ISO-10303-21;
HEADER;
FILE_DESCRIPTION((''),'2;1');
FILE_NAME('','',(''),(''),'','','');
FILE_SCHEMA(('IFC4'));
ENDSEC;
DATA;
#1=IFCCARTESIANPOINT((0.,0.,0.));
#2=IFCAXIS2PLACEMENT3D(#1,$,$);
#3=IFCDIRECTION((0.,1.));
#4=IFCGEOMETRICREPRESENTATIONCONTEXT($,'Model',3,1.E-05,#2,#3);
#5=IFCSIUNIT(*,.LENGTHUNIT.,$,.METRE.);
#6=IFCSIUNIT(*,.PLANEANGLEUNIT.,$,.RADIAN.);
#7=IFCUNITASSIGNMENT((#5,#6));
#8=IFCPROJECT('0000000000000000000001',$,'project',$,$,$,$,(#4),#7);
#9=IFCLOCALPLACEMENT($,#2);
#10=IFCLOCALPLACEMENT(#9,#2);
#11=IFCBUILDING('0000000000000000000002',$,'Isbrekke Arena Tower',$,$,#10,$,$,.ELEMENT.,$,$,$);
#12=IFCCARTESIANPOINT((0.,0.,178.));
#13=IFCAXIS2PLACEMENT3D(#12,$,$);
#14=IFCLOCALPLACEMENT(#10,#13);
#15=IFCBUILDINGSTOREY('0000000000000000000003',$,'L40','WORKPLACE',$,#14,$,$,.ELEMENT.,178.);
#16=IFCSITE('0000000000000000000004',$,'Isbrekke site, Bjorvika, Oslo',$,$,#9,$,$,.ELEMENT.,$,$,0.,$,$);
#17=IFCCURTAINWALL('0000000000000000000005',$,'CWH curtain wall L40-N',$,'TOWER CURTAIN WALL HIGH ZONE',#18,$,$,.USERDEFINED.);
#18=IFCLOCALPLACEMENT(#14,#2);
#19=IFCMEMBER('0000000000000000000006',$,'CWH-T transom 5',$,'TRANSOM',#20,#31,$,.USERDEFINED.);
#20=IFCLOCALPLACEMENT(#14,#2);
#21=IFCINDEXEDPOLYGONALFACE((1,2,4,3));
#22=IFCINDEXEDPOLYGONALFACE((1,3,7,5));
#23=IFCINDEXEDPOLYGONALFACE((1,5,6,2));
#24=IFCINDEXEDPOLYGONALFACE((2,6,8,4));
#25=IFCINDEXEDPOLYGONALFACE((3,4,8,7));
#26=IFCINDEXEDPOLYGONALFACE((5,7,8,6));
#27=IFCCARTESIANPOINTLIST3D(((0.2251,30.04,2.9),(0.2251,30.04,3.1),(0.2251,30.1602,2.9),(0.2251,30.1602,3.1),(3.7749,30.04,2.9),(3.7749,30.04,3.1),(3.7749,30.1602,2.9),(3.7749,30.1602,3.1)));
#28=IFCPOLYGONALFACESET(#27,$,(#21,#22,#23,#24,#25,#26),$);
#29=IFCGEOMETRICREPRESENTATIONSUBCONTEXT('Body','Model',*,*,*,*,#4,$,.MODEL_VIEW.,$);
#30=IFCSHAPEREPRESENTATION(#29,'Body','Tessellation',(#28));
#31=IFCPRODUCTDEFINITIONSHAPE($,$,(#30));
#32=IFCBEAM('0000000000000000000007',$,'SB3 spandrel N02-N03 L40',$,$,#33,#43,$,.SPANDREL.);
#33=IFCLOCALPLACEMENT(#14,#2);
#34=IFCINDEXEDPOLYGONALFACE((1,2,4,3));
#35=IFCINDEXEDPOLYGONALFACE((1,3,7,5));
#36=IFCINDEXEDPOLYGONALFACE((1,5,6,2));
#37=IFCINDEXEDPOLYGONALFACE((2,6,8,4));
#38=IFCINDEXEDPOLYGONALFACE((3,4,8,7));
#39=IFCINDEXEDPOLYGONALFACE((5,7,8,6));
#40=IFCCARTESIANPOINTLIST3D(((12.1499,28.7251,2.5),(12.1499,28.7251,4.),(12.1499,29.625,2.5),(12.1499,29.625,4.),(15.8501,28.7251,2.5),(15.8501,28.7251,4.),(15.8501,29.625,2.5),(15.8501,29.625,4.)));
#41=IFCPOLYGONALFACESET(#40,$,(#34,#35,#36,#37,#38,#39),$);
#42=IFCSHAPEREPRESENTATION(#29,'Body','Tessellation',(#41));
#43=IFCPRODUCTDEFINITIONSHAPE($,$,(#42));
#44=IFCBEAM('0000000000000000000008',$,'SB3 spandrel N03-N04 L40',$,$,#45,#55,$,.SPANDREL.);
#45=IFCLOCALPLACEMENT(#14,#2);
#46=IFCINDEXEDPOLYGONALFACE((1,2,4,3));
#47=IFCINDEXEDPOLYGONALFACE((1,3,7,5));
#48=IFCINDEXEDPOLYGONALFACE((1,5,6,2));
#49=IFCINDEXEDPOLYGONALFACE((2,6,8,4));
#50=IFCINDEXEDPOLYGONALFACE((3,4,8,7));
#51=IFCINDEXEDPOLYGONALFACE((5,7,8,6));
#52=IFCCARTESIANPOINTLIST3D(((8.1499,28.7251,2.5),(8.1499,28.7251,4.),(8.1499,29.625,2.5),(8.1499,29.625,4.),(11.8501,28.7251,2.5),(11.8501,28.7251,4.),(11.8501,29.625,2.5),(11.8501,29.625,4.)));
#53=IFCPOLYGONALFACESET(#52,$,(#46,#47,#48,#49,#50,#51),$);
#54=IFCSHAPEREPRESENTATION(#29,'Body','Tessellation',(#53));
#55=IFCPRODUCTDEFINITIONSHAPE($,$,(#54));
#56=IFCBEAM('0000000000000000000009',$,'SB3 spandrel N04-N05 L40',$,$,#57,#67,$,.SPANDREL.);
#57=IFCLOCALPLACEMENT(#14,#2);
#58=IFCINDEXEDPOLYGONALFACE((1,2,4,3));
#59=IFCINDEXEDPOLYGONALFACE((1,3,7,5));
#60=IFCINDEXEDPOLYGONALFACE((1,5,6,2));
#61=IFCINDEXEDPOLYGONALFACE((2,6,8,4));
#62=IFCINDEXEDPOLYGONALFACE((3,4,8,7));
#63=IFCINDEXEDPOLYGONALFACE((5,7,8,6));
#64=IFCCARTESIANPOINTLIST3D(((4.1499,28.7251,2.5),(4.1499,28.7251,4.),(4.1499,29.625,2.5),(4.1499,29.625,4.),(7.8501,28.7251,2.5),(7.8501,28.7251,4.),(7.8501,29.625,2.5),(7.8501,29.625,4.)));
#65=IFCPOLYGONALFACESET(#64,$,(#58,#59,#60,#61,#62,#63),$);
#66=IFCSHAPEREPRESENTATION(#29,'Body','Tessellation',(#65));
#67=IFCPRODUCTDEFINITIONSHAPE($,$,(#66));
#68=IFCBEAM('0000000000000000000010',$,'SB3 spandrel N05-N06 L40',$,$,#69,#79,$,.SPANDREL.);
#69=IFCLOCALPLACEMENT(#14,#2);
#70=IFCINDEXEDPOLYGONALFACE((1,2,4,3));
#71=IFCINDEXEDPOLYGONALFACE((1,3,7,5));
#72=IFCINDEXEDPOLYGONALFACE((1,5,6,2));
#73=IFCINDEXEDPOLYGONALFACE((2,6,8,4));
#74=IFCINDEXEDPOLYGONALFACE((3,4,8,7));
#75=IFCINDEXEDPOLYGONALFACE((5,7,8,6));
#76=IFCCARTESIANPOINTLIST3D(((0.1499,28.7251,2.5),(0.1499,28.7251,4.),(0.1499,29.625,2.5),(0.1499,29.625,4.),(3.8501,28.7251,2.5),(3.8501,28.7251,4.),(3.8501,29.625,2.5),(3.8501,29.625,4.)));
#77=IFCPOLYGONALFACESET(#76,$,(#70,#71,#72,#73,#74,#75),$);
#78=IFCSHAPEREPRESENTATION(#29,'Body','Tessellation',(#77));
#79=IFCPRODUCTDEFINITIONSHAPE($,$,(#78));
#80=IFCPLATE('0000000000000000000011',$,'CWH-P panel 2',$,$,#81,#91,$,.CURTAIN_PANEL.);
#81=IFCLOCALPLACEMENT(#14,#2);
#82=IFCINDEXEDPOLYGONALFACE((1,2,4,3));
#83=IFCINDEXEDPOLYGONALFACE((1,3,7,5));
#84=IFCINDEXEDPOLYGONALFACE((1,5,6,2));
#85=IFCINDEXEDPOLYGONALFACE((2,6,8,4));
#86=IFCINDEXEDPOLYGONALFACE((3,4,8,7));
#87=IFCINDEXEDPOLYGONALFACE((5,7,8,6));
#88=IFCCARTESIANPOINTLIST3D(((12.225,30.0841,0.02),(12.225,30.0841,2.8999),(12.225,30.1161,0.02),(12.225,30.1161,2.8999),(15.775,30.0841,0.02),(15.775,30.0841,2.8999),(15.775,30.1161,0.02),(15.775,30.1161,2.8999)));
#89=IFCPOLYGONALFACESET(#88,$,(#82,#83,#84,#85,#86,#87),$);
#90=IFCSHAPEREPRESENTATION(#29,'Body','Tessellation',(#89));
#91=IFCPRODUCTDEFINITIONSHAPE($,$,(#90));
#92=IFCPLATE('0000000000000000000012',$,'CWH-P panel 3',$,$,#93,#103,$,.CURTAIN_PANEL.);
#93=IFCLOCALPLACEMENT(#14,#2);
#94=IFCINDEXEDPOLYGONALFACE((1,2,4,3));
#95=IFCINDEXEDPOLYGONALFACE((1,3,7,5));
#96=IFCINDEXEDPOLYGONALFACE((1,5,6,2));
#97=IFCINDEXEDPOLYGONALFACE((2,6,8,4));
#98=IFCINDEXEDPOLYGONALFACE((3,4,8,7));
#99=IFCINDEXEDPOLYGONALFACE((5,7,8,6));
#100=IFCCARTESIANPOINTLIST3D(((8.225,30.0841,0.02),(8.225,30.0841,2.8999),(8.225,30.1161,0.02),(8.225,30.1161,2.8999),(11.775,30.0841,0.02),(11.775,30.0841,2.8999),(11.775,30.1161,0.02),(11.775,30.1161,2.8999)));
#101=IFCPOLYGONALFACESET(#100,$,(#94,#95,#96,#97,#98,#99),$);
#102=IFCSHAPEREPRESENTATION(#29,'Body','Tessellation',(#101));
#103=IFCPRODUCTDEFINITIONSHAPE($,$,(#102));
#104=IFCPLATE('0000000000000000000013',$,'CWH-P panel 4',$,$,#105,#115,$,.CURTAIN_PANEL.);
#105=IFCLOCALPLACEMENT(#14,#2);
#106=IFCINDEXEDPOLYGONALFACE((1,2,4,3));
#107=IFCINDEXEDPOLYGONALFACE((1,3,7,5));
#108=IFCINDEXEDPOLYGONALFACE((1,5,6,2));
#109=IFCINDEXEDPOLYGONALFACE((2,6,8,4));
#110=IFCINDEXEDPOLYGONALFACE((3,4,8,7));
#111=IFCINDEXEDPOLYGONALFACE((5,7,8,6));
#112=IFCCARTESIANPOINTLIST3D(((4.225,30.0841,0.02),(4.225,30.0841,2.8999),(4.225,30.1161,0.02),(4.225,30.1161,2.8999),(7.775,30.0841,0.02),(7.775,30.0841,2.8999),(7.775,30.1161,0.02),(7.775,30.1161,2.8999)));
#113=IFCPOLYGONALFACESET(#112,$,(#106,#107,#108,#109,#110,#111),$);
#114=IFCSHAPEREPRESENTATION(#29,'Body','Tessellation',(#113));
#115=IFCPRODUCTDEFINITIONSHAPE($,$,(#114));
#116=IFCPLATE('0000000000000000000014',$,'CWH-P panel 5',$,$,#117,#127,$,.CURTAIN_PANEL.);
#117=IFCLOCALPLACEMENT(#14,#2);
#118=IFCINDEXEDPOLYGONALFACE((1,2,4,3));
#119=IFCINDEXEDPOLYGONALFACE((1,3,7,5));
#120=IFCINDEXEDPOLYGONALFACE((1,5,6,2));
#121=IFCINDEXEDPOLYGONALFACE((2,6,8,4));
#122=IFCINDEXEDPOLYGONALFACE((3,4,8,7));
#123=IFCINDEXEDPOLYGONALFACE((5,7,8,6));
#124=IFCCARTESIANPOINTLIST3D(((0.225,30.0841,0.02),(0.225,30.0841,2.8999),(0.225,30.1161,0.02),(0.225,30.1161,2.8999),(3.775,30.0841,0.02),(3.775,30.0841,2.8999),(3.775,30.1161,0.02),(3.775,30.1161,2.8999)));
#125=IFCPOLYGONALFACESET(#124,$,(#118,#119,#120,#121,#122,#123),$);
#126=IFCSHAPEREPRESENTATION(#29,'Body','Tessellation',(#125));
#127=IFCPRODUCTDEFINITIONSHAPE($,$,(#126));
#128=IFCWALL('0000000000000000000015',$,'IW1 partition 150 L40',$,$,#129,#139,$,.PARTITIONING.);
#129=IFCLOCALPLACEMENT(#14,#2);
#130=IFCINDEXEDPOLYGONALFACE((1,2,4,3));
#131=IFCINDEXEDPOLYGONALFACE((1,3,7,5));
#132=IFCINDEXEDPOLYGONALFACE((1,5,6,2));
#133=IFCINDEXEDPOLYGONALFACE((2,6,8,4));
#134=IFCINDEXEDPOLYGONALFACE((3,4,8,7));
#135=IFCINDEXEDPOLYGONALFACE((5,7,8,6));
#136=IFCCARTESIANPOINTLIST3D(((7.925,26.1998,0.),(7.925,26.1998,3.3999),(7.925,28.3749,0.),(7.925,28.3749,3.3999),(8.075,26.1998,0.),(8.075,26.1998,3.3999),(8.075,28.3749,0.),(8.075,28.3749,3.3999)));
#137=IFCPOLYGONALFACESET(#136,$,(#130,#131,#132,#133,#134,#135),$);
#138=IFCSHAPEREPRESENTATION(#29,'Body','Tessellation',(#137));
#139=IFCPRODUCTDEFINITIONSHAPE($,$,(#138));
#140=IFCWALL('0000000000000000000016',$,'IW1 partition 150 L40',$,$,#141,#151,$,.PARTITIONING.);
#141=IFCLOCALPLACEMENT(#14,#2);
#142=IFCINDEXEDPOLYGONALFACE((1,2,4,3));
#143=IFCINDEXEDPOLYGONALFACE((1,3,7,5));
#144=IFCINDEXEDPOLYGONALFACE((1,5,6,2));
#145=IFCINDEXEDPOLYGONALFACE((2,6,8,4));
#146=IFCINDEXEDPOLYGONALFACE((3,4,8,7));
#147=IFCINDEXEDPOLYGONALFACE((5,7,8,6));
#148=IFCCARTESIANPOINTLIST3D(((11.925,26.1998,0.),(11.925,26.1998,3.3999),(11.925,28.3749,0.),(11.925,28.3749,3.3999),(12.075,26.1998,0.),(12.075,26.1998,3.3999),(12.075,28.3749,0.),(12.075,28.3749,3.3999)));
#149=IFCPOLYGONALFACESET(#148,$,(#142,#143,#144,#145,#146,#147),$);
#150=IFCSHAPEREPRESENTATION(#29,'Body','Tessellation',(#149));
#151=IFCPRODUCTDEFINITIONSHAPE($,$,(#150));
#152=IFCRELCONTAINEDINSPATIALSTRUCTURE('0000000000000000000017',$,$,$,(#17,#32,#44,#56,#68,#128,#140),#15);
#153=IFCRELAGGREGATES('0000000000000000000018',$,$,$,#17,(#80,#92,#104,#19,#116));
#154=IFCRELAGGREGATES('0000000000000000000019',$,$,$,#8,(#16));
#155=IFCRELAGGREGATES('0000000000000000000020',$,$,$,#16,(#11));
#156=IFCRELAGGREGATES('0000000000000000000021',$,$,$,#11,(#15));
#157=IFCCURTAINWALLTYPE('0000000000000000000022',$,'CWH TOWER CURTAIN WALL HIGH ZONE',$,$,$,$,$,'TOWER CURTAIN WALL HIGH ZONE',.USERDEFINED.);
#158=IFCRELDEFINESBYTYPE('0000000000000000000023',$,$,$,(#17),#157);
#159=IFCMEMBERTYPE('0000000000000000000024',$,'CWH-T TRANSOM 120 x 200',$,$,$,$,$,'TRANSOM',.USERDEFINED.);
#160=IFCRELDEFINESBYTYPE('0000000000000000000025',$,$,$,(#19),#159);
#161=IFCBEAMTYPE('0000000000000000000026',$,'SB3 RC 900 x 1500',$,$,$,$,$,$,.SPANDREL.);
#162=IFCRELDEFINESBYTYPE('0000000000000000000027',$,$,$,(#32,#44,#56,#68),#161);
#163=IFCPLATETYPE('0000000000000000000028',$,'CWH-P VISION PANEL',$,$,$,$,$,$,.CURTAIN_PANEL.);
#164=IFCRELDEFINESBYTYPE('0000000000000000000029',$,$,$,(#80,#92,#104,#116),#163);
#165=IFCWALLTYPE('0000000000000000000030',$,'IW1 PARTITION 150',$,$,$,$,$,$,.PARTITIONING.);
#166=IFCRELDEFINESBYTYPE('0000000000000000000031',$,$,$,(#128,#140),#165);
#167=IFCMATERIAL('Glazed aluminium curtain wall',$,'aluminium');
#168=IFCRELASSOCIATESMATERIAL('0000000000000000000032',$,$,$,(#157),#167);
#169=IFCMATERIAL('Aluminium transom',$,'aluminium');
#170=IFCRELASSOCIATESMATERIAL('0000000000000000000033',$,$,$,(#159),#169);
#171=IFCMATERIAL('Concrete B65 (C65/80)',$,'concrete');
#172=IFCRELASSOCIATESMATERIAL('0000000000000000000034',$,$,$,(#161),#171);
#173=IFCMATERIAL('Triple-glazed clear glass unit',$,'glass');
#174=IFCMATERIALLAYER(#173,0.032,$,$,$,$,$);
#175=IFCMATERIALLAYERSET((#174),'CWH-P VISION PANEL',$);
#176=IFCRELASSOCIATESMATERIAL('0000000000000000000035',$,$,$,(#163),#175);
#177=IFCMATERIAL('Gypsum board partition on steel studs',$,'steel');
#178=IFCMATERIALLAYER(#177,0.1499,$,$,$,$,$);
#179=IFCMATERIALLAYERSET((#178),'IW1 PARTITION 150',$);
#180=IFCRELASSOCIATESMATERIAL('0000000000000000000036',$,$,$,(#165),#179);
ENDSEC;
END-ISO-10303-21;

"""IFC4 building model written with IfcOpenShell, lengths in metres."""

from ifc_helpers import new_model, si_unit, direction, frame, frame_2d, origin, origin_2d, place, context, subcontext, project, spatial, rectangle, extrude, material, layer, layer_set, material_profile, profile_set, type_object, element, aggregate, save


model = new_model("IFC4")

# Units and contexts
model_context = context("Model", 3, precision=1e-05, world=origin(), true_north=direction((0.0, 1.0)))
body_context = subcontext(model_context, "Body", "Model", "MODEL_VIEW")
ifc_project = project(units=[si_unit("LENGTHUNIT", "METRE"), si_unit("PLANEANGLEUNIT", "RADIAN")], contexts=[model_context])

# Site, building, storey
site_placement = place(None, origin())
site = spatial("IfcSite", under=ifc_project, at=site_placement, Name="Isbrekke site, Bjorvika, Oslo", CompositionType="ELEMENT", RefElevation=0.0)
building_placement = place(site_placement, origin())
building = spatial("IfcBuilding", under=site, at=building_placement, Name="Isbrekke Arena Tower", CompositionType="ELEMENT")
storey_placement = place(building_placement, frame((0.0, 0.0, 178.0)))
storey = spatial("IfcBuildingStorey", under=building, at=storey_placement, Name="L40", Description="WORKPLACE", CompositionType="ELEMENT", Elevation=178.0)

# Curtain wall, member
ifc_material_1 = material(Name="Glazed aluminium curtain wall", Category="aluminium")
curtain_wall_type = type_object("IfcCurtainWallType", Name="CWH TOWER CURTAIN WALL HIGH ZONE", ElementType="TOWER CURTAIN WALL HIGH ZONE", PredefinedType="USERDEFINED", material=ifc_material_1)
curtain_wall_placement = place(storey_placement, origin())
curtain_wall = element("IfcCurtainWall", 1, at=curtain_wall_placement, inside=storey, type_object=curtain_wall_type, Name="CWH curtain wall L40-N", ObjectType="TOWER CURTAIN WALL HIGH ZONE", PredefinedType="USERDEFINED")
ifc_material_2 = material(Name="Aluminium transom", Category="aluminium")
ifc_material_profile_1 = material_profile(ifc_material_2, rectangle(XDim=0.1201, YDim=0.2, at=origin_2d()), Name="TRANSOM 120X200")
ifc_profile_set_1 = profile_set([ifc_material_profile_1], Name="Aluminium transom")
member_type_1 = type_object("IfcMemberType", Name="CWH-T TRANSOM 120 x 200", ElementType="TRANSOM", PredefinedType="USERDEFINED", material=ifc_profile_set_1)
member_1_placement = place(storey_placement, frame((3.7749, 30.1001, 3.0), z_axis=(-1.0, 0.0, 0.0), x_axis=(0.0, -1.0, 0.0)))
member_1 = element("IfcMember", 2, at=member_1_placement, type_object=member_type_1, Name="CWH-T transom 5", ObjectType="TRANSOM", PredefinedType="USERDEFINED", context=body_context, shape_type="SweptSolid", body=[
    extrude(rectangle(XDim=0.1201, YDim=0.2, at=origin_2d()), origin(), (0.0, 0.0, 1.0), 3.5498),
])

# Beams
ifc_material_3 = material(Name="Concrete B65 (C65/80)", Category="concrete")
ifc_material_profile_2 = material_profile(ifc_material_3, rectangle(XDim=0.8999, YDim=1.5, at=origin_2d()), Name="RC 900x1500")
ifc_profile_set_2 = profile_set([ifc_material_profile_2], Name="Concrete B65 (C65/80)")
beam_type_1 = type_object("IfcBeamType", Name="SB3 RC 900 x 1500", PredefinedType="SPANDREL", material=ifc_profile_set_2)
for number, where, z_axis, x_axis, name in (
    (3, (15.8501, 29.175, 3.25), (-1.0, 0.0, 0.0), (0.0, -1.0, 0.0), "SB3 spandrel N02-N03 L40"),
    (4, (11.8501, 29.175, 3.25), (-1.0, 0.0, 0.0), (0.0, -1.0, 0.0), "SB3 spandrel N03-N04 L40"),
    (5, (7.8501, 29.175, 3.25), (-1.0, 0.0, 0.0), (0.0, -1.0, 0.0), "SB3 spandrel N04-N05 L40"),
    (6, (3.8501, 29.175, 3.25), (-1.0, 0.0, 0.0), (0.0, -1.0, 0.0), "SB3 spandrel N05-N06 L40"),
):
    element("IfcBeam", number, at=place(storey_placement, frame(where, z_axis=z_axis, x_axis=x_axis)), inside=storey, type_object=beam_type_1, Name=name, PredefinedType="SPANDREL", context=body_context, shape_type="SweptSolid", body=[
        extrude(rectangle(XDim=0.8999, YDim=1.5, at=origin_2d()), origin(), (0.0, 0.0, 1.0), 3.7002),
    ])

# Plates
ifc_material_4 = material(Name="Triple-glazed clear glass unit", Category="glass")
ifc_layer_1 = layer(ifc_material_4, 0.032)
ifc_layer_set_1 = layer_set([ifc_layer_1], Name="CWH-P VISION PANEL")
plate_type = type_object("IfcPlateType", Name="CWH-P VISION PANEL", PredefinedType="CURTAIN_PANEL", material=ifc_layer_set_1)
plate_1_placement = place(storey_placement, frame((14.0, 30.1001, 0.02), z_axis=(0.0, 0.0, 1.0), x_axis=(-1.0, 0.0, 0.0)))
plate_1 = element("IfcPlate", 7, at=plate_1_placement, type_object=plate_type, Name="CWH-P panel 2", PredefinedType="CURTAIN_PANEL", context=body_context, shape_type="SweptSolid", body=[
    extrude(rectangle(XDim=3.55, YDim=0.032, at=origin_2d()), origin(), (0.0, 0.0, 1.0), 2.8799),
])
plate_2_placement = place(storey_placement, frame((10.0, 30.1001, 0.02), z_axis=(0.0, 0.0, 1.0), x_axis=(-1.0, 0.0, 0.0)))
plate_2 = element("IfcPlate", 8, at=plate_2_placement, type_object=plate_type, Name="CWH-P panel 3", PredefinedType="CURTAIN_PANEL", context=body_context, shape_type="SweptSolid", body=[
    extrude(rectangle(XDim=3.55, YDim=0.032, at=origin_2d()), origin(), (0.0, 0.0, 1.0), 2.8799),
])
plate_3_placement = place(storey_placement, frame((6.0, 30.1001, 0.02), z_axis=(0.0, 0.0, 1.0), x_axis=(-1.0, 0.0, 0.0)))
plate_3 = element("IfcPlate", 9, at=plate_3_placement, type_object=plate_type, Name="CWH-P panel 4", PredefinedType="CURTAIN_PANEL", context=body_context, shape_type="SweptSolid", body=[
    extrude(rectangle(XDim=3.55, YDim=0.032, at=origin_2d()), origin(), (0.0, 0.0, 1.0), 2.8799),
])
plate_4_placement = place(storey_placement, frame((2.0, 30.1001, 0.02), z_axis=(0.0, 0.0, 1.0), x_axis=(-1.0, 0.0, 0.0)))
plate_4 = element("IfcPlate", 10, at=plate_4_placement, type_object=plate_type, Name="CWH-P panel 5", PredefinedType="CURTAIN_PANEL", context=body_context, shape_type="SweptSolid", body=[
    extrude(rectangle(XDim=3.55, YDim=0.032, at=origin_2d()), origin(), (0.0, 0.0, 1.0), 2.8799),
])
aggregate(curtain_wall, [plate_1, plate_2, plate_3, member_1, plate_4])

# Walls
ifc_material_5 = material(Name="Gypsum board partition on steel studs", Category="steel")
ifc_layer_2 = layer(ifc_material_5, 0.1499)
ifc_layer_set_2 = layer_set([ifc_layer_2], Name="IW1 PARTITION 150")
wall_type = type_object("IfcWallType", Name="IW1 PARTITION 150", PredefinedType="PARTITIONING", material=ifc_layer_set_2)
for number, where, z_axis, x_axis, name in (
    (11, (8.0, 26.2, 0.0), (0.0, 0.0, 1.0), (0.0, 1.0, 0.0), "IW1 partition 150 L40"),
    (12, (12.0, 26.2, 0.0), (0.0, 0.0, 1.0), (0.0, 1.0, 0.0), "IW1 partition 150 L40"),
):
    element("IfcWall", number, at=place(storey_placement, frame(where, z_axis=z_axis, x_axis=x_axis)), inside=storey, type_object=wall_type, Name=name, PredefinedType="PARTITIONING", context=body_context, shape_type="SweptSolid", body=[
        extrude(rectangle(XDim=2.175, YDim=0.1499, at=frame_2d((1.0874, 0.0))), origin(), (0.0, 0.0, 1.0), 3.3999),
    ])

save(model, "model.ifc")
